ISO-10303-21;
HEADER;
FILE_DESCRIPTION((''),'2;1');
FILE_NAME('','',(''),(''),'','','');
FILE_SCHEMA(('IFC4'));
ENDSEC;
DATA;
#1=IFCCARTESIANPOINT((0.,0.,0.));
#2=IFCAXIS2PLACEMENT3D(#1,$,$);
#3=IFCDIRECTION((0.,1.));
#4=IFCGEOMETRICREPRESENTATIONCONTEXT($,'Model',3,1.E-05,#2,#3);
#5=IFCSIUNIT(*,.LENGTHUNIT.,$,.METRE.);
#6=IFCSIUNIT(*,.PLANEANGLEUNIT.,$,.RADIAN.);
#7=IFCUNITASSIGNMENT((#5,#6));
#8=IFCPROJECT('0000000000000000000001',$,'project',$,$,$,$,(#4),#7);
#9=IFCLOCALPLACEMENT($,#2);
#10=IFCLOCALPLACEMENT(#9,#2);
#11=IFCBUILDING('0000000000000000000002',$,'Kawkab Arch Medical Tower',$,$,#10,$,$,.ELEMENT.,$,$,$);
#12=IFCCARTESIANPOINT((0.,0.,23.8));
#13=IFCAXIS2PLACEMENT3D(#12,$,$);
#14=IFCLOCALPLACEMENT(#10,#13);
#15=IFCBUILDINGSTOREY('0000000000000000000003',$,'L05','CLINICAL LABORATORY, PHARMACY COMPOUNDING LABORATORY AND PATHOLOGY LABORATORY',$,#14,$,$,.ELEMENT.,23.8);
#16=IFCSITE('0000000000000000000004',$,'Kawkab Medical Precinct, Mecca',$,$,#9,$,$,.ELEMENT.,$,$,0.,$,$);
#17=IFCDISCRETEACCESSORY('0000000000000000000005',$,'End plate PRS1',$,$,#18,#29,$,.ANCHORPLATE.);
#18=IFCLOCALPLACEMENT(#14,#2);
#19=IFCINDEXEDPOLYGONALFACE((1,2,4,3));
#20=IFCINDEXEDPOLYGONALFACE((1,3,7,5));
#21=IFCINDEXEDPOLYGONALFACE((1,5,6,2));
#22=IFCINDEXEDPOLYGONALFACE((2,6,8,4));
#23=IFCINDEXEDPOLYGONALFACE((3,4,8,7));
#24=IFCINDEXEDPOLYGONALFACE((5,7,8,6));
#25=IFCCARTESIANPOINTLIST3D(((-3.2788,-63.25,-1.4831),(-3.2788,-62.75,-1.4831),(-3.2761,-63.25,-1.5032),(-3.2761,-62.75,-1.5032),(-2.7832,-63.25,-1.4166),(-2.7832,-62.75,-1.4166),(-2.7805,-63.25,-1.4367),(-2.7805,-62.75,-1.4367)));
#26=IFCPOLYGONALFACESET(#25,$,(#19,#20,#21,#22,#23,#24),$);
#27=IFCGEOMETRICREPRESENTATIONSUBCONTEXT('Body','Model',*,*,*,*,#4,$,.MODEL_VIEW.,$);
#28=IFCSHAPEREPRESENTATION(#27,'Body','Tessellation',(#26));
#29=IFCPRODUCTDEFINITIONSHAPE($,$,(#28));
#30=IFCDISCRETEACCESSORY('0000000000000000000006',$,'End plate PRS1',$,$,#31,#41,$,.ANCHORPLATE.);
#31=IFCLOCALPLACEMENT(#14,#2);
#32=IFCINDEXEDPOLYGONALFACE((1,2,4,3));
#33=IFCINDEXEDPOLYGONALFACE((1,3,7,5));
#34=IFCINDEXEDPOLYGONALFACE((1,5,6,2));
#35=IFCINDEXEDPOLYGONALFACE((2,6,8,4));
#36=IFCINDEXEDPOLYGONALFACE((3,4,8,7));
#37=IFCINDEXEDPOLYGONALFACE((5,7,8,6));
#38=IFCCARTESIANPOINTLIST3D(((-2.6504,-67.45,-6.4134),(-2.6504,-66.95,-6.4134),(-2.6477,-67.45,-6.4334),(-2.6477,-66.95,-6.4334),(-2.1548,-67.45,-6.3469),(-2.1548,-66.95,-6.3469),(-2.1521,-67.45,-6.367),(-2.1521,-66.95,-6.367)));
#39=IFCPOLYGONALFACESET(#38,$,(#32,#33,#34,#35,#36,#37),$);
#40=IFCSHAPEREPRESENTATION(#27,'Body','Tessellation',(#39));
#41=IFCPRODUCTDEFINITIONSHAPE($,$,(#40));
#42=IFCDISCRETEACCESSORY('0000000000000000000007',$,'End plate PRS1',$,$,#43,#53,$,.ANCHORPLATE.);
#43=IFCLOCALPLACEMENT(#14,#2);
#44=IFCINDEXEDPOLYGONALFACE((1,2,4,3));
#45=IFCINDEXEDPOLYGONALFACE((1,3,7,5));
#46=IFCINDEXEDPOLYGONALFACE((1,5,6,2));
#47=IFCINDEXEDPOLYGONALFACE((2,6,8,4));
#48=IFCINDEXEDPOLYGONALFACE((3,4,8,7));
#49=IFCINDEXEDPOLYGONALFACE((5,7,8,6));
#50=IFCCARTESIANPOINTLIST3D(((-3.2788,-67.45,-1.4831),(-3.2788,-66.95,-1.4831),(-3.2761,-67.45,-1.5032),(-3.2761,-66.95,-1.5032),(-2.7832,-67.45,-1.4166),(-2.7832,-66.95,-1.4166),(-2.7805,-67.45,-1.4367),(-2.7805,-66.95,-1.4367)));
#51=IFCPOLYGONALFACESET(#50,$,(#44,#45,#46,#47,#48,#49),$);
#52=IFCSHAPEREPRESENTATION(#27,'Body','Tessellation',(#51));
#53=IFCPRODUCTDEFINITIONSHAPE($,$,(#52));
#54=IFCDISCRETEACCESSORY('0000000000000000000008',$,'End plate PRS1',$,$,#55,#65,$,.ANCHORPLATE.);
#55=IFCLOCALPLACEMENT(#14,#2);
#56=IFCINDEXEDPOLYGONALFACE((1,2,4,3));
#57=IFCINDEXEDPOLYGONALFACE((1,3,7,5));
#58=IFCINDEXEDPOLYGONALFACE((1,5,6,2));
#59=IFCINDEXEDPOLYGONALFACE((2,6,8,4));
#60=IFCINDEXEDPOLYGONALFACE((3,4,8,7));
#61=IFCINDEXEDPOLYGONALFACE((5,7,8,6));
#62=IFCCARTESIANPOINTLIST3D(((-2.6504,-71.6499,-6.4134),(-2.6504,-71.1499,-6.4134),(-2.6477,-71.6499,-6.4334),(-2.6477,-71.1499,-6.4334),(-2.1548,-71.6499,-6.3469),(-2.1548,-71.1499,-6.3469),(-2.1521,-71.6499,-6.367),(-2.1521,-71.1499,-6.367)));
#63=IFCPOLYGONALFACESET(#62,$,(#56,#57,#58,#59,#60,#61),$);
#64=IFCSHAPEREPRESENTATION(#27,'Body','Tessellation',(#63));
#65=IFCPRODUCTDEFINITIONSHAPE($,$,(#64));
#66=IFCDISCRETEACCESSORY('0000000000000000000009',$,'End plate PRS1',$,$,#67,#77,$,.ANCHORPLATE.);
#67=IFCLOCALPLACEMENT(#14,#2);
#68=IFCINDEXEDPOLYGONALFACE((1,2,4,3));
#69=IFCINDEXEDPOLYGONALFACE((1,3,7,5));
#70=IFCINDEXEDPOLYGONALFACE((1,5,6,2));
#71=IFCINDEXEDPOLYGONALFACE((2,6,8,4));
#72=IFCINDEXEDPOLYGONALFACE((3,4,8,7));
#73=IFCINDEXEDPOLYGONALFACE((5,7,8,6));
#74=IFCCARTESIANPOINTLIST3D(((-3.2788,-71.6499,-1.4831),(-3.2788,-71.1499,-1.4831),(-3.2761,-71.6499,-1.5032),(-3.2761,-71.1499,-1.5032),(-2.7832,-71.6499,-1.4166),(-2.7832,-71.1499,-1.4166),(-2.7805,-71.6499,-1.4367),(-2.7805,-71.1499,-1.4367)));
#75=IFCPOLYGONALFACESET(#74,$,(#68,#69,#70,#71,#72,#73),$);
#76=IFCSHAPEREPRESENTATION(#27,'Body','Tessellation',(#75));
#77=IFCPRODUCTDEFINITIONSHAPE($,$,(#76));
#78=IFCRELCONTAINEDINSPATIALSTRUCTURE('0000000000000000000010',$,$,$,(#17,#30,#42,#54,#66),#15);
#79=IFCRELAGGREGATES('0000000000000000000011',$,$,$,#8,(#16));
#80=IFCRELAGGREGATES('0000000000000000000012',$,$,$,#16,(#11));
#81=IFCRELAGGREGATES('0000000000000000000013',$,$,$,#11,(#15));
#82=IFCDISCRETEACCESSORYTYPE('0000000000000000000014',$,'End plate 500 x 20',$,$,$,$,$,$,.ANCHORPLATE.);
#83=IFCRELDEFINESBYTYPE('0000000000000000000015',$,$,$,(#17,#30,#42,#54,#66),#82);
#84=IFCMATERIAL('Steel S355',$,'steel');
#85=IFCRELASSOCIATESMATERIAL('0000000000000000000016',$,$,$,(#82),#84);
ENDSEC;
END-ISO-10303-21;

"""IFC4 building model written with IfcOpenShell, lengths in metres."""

from ifc_helpers import new_model, si_unit, direction, frame, origin, origin_2d, place, context, subcontext, project, spatial, rectangle, extrude, material, material_profile, profile_set, type_object, element, save


model = new_model("IFC4")

# Units and contexts
model_context = context("Model", 3, precision=1e-05, world=origin(), true_north=direction((0.0, 1.0)))
body_context = subcontext(model_context, "Body", "Model", "MODEL_VIEW")
ifc_project = project(units=[si_unit("LENGTHUNIT", "METRE"), si_unit("PLANEANGLEUNIT", "RADIAN")], contexts=[model_context])

# Site, building, storey
site_placement = place(None, origin())
site = spatial("IfcSite", under=ifc_project, at=site_placement, Name="Kawkab Medical Precinct, Mecca", CompositionType="ELEMENT", RefElevation=0.0)
building_placement = place(site_placement, origin())
building = spatial("IfcBuilding", under=site, at=building_placement, Name="Kawkab Arch Medical Tower", CompositionType="ELEMENT")
storey_placement = place(building_placement, frame((0.0, 0.0, 23.8)))
storey = spatial("IfcBuildingStorey", under=building, at=storey_placement, Name="L05", Description="CLINICAL LABORATORY, PHARMACY COMPOUNDING LABORATORY AND PATHOLOGY LABORATORY", CompositionType="ELEMENT", Elevation=23.8)

# Discrete accessories
ifc_material_1 = material(Name="Steel S355", Category="steel")
ifc_material_profile_1 = material_profile(ifc_material_1, rectangle(XDim=0.5, YDim=0.5, at=origin_2d()), Name="End plate 500 x 20")
ifc_profile_set_1 = profile_set([ifc_material_profile_1], Name="Steel S355")
discrete_accessory_type = type_object("IfcDiscreteAccessoryType", Name="End plate 500 x 20", PredefinedType="ANCHORPLATE", material=ifc_profile_set_1)
for number, where, z_axis, x_axis, name in (
    (1, (-3.0283, -63.0, -1.47), (-0.132955, 0.0, 0.991122), (0.0, -1.0, 0.0), "End plate PRS1"),
    (2, (-2.4026, -67.2, -6.3801), (0.132955, 0.0, -0.991122), (0.0, 1.0, 0.0), "End plate PRS1"),
    (3, (-3.0283, -67.2, -1.47), (-0.132955, 0.0, 0.991122), (0.0, -1.0, 0.0), "End plate PRS1"),
    (4, (-2.4026, -71.3999, -6.3801), (0.132955, 0.0, -0.991122), (0.0, 1.0, 0.0), "End plate PRS1"),
    (5, (-3.0283, -71.3999, -1.47), (-0.132955, 0.0, 0.991122), (0.0, -1.0, 0.0), "End plate PRS1"),
):
    element("IfcDiscreteAccessory", number, at=place(storey_placement, frame(where, z_axis=z_axis, x_axis=x_axis)), inside=storey, type_object=discrete_accessory_type, Name=name, PredefinedType="ANCHORPLATE", context=body_context, shape_type="SweptSolid", body=[
        extrude(rectangle(XDim=0.5, YDim=0.5, at=origin_2d()), origin(), (0.0, 0.0, 1.0), 0.0203),
    ])

save(model, "model.ifc")
